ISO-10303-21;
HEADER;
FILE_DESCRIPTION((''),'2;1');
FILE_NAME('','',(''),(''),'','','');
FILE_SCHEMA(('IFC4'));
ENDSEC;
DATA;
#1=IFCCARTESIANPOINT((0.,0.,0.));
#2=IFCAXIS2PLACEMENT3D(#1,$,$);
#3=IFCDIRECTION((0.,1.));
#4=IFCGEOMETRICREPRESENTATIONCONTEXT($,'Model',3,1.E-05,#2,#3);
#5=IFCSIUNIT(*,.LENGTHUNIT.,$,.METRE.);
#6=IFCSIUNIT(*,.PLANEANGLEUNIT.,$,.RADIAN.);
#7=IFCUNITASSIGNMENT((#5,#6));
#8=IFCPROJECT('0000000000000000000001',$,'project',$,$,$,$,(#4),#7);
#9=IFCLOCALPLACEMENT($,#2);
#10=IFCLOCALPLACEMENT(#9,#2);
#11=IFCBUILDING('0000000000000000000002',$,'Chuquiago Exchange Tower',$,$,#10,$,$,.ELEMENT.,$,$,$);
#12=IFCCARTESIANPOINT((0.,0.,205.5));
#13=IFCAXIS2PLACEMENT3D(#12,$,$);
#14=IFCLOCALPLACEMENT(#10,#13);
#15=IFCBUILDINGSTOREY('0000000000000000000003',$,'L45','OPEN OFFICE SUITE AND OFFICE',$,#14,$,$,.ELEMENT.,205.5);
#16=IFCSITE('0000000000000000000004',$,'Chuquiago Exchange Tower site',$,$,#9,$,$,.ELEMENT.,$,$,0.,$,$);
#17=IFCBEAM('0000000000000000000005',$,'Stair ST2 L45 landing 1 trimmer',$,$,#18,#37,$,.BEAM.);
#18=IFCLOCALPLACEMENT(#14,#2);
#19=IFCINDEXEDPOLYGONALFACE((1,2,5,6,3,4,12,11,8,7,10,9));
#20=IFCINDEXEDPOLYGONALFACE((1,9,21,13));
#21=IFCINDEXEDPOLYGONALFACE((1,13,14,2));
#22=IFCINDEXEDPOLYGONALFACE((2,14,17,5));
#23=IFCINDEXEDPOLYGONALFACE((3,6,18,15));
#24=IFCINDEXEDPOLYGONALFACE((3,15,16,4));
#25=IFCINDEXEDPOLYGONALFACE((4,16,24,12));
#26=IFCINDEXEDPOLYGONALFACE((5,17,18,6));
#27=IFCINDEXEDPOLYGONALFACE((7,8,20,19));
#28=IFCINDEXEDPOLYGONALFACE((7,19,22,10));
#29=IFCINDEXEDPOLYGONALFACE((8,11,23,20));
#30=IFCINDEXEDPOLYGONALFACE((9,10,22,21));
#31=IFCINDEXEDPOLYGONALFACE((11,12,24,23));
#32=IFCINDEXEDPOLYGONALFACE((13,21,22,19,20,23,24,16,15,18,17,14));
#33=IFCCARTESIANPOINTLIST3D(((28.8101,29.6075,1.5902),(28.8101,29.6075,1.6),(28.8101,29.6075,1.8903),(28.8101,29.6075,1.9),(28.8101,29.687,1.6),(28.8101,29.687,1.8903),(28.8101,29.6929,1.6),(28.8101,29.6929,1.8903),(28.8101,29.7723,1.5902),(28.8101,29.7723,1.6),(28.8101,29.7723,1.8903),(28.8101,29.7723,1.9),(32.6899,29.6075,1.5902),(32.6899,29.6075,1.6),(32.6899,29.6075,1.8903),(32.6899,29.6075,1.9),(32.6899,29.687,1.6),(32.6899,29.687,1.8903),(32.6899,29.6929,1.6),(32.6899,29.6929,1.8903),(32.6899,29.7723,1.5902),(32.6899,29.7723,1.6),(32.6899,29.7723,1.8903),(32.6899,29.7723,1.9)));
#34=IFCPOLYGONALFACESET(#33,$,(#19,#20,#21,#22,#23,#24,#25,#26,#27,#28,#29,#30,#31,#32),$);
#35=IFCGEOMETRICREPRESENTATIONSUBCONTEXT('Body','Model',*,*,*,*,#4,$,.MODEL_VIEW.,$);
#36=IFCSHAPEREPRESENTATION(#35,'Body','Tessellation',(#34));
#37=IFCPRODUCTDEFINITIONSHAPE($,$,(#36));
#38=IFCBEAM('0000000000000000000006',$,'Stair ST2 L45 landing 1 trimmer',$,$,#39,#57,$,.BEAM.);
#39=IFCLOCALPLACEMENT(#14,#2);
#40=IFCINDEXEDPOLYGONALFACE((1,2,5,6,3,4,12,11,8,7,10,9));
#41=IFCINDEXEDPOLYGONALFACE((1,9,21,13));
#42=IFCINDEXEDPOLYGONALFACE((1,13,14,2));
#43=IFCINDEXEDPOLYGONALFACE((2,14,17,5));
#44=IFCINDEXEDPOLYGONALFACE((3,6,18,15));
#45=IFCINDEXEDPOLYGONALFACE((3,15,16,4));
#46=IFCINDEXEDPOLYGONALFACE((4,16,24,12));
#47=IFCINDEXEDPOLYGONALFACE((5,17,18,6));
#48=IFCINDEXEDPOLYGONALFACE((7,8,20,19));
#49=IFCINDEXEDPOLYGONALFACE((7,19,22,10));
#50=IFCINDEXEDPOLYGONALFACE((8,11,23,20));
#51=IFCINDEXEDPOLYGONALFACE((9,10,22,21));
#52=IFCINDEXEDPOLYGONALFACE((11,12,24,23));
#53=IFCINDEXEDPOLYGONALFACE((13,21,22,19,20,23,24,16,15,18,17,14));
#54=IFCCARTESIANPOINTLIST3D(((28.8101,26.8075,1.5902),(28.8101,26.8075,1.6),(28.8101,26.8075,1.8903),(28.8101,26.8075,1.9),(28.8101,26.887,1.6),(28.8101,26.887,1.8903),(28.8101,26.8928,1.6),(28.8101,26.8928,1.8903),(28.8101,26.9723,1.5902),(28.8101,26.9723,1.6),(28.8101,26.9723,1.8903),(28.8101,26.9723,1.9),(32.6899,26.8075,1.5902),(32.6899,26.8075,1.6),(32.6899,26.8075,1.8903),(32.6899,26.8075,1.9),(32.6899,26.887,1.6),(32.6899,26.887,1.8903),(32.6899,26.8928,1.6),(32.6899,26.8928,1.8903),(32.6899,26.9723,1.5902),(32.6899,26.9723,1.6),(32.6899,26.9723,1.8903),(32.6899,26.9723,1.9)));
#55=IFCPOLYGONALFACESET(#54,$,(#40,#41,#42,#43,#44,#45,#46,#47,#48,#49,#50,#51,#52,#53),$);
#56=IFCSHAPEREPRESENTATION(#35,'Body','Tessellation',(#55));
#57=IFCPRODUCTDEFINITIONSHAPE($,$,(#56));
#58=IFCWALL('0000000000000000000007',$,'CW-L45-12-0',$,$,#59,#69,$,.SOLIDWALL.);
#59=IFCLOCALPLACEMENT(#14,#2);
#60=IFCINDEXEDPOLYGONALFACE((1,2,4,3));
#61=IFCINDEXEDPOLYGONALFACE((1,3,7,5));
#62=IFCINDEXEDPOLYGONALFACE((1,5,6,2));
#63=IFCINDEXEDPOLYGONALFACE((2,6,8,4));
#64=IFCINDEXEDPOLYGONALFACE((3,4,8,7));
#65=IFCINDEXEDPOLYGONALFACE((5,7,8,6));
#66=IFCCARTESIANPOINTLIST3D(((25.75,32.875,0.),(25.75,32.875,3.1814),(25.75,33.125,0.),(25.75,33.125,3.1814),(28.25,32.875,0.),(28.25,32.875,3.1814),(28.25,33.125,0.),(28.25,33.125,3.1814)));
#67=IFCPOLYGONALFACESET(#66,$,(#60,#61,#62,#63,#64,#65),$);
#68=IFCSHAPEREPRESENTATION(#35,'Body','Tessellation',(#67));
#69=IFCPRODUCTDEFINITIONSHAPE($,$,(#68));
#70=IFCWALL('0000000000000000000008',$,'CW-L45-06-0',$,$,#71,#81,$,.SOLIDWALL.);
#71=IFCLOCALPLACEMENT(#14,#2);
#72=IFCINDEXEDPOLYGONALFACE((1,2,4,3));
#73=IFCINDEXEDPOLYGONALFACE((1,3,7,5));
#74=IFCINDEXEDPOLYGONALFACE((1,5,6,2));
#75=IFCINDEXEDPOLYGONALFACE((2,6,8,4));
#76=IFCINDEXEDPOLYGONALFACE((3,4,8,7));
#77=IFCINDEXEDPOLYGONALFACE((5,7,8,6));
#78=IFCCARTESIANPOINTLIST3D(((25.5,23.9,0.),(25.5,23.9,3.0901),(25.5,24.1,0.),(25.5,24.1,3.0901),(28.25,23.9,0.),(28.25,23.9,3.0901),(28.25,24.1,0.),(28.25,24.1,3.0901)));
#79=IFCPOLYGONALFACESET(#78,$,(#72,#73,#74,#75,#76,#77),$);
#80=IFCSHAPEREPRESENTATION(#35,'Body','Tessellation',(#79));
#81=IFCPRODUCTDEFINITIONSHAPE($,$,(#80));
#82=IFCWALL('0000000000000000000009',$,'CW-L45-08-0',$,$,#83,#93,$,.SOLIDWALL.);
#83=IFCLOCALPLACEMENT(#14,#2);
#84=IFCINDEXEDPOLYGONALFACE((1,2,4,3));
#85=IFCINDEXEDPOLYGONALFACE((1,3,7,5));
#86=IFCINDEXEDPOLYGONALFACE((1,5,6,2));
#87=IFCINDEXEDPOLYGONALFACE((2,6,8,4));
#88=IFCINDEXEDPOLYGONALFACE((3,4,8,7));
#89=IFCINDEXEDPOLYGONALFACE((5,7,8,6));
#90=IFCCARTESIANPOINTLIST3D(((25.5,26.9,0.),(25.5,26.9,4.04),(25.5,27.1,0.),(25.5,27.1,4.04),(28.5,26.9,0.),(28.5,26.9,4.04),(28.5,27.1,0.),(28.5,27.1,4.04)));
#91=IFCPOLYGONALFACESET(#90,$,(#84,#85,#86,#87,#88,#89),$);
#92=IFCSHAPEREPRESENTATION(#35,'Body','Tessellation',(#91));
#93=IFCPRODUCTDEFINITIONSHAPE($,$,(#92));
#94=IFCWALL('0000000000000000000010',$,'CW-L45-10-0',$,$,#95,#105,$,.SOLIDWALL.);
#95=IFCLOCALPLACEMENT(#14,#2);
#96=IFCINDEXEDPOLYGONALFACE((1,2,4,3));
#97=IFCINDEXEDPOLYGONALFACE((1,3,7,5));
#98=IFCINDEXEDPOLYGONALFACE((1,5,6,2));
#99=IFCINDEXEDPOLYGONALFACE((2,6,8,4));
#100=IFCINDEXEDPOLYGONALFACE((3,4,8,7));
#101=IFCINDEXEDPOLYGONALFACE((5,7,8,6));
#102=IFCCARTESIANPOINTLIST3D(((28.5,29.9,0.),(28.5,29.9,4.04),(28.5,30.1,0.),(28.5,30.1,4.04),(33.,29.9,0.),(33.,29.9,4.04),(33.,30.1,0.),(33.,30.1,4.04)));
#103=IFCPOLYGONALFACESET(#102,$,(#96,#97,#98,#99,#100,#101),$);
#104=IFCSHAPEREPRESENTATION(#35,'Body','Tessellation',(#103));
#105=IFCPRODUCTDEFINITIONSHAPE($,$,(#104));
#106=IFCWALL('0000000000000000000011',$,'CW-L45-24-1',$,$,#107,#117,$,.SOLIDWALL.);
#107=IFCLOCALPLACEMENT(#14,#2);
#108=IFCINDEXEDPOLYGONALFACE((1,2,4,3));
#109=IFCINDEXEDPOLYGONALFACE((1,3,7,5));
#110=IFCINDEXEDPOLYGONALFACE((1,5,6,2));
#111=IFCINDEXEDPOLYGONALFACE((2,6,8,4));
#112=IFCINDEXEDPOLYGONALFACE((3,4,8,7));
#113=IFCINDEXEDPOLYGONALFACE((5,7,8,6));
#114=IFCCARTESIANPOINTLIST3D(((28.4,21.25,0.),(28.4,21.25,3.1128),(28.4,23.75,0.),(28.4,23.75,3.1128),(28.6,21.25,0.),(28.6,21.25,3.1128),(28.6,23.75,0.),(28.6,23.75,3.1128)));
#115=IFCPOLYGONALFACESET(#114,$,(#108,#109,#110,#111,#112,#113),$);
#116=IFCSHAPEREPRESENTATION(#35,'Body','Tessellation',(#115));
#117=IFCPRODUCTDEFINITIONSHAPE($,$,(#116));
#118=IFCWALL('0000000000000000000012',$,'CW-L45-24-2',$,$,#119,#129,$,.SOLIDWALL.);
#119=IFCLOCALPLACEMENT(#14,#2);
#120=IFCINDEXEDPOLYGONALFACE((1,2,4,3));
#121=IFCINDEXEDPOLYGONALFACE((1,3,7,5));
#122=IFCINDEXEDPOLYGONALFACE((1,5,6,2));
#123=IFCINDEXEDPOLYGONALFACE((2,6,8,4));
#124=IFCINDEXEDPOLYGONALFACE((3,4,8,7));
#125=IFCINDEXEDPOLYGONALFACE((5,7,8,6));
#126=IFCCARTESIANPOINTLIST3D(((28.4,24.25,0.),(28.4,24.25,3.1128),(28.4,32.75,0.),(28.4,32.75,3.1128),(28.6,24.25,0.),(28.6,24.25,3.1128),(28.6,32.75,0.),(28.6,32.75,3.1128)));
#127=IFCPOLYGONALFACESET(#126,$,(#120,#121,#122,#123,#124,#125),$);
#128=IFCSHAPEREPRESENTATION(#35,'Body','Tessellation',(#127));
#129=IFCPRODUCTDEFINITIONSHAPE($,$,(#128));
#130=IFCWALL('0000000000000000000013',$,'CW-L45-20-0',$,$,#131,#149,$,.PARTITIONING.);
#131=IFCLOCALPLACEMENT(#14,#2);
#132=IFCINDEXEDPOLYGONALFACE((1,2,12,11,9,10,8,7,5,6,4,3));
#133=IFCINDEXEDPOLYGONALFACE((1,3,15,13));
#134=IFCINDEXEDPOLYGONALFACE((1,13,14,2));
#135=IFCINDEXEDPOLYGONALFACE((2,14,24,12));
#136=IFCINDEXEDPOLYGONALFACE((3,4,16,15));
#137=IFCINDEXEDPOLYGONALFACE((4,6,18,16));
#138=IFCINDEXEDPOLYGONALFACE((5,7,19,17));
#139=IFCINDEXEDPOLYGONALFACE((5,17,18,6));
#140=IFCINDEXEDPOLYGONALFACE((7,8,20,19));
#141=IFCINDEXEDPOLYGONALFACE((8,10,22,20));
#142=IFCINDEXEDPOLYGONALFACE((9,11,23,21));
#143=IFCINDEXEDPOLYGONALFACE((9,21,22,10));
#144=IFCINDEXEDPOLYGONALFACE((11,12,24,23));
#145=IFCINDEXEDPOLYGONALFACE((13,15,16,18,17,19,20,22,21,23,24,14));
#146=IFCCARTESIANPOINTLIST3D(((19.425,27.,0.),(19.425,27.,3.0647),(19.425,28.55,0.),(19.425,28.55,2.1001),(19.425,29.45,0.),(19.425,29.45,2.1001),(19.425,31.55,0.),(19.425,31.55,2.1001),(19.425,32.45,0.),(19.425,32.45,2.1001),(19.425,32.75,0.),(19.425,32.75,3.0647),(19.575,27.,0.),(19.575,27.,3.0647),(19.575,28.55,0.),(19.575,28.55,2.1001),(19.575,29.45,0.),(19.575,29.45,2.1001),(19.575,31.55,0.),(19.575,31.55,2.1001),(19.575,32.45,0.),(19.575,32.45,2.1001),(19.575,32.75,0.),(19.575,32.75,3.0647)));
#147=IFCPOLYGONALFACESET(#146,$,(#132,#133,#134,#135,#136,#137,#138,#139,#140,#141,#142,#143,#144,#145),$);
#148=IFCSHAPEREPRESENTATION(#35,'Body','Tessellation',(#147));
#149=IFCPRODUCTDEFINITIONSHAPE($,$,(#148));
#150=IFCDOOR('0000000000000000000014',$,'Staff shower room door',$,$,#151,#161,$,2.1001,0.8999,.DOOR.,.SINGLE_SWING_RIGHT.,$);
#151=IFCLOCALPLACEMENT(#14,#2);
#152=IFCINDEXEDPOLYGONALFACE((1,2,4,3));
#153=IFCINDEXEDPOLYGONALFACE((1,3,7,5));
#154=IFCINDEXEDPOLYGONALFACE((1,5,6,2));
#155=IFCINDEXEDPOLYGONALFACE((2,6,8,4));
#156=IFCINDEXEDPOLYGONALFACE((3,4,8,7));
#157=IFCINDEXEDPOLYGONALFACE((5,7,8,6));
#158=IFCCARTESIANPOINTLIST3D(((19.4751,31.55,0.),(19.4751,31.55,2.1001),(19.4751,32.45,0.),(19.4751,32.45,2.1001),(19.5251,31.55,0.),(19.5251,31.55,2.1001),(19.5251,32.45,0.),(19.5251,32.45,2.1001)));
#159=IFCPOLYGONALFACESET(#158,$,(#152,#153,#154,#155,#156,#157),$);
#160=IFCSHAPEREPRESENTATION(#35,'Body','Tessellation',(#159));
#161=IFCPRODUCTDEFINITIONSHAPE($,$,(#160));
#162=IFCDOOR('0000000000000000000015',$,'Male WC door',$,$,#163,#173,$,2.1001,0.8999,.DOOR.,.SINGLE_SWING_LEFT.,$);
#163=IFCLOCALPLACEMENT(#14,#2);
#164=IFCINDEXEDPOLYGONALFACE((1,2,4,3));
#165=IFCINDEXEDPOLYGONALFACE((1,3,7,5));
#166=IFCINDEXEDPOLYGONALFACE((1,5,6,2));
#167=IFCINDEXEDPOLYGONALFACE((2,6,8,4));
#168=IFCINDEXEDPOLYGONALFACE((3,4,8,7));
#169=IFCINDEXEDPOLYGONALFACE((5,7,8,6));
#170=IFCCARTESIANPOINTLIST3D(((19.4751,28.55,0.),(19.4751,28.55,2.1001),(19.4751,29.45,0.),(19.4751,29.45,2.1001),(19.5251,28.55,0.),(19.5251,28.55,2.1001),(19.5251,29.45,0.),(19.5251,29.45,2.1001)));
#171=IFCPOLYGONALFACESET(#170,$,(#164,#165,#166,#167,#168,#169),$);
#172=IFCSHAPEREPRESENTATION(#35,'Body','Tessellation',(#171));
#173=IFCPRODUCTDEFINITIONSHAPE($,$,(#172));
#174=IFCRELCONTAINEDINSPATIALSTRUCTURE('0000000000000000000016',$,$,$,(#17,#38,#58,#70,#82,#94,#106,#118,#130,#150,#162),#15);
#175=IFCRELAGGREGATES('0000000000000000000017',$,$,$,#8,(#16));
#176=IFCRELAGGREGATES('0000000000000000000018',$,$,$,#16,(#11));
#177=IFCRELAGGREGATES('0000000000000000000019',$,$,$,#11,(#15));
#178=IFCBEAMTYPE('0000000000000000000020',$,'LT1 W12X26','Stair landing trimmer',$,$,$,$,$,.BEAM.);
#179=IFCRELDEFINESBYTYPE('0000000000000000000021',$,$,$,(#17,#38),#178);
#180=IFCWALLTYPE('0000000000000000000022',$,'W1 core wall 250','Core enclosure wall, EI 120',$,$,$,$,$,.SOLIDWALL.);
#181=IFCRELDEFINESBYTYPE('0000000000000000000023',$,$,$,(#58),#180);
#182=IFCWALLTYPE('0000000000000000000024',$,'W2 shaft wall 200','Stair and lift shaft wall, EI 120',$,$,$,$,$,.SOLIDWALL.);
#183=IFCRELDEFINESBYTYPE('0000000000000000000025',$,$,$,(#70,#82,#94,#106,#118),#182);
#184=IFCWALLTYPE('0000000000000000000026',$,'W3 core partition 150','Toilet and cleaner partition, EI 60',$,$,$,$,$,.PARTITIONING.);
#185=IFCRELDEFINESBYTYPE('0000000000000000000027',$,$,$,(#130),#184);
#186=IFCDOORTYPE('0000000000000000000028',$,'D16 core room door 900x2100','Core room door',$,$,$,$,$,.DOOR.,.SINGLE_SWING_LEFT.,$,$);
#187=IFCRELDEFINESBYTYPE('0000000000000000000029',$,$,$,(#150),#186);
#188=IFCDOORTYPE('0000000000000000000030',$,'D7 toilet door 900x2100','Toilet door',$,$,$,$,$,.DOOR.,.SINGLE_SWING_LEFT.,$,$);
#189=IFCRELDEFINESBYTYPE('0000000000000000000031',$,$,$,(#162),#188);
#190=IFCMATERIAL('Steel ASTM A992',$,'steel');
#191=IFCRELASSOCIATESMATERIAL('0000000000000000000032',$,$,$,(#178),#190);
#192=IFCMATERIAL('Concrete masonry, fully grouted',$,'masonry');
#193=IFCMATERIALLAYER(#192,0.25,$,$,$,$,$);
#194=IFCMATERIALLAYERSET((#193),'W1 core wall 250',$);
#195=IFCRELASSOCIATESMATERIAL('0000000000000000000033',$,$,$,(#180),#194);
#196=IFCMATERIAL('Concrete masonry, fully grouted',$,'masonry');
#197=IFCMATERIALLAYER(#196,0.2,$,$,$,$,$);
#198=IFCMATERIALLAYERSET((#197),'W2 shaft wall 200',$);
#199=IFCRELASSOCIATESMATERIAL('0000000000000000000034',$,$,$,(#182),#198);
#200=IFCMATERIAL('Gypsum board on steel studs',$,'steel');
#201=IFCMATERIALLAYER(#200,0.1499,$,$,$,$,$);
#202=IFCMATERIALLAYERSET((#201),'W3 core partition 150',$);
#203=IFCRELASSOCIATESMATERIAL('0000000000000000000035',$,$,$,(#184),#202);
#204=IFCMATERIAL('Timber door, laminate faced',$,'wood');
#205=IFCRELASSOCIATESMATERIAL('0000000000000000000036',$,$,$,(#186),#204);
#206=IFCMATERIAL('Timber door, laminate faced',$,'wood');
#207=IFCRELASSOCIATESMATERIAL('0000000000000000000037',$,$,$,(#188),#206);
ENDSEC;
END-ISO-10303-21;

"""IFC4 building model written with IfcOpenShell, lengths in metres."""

from ifc_helpers import new_model, si_unit, direction, frame, frame_2d, origin, origin_2d, place, context, subcontext, project, spatial, rectangle, i_section, extrude, material, layer, layer_set, material_profile, profile_set, type_object, element, fill, save


model = new_model("IFC4")

# Units and contexts
model_context = context("Model", 3, precision=1e-05, world=origin(), true_north=direction((0.0, 1.0)))
body_context = subcontext(model_context, "Body", "Model", "MODEL_VIEW")
ifc_project = project(units=[si_unit("LENGTHUNIT", "METRE"), si_unit("PLANEANGLEUNIT", "RADIAN")], contexts=[model_context])

# Site, building, storey
site_placement = place(None, origin())
site = spatial("IfcSite", under=ifc_project, at=site_placement, Name="Chuquiago Exchange Tower site", CompositionType="ELEMENT", RefElevation=0.0)
building_placement = place(site_placement, origin())
building = spatial("IfcBuilding", under=site, at=building_placement, Name="Chuquiago Exchange Tower", CompositionType="ELEMENT")
storey_placement = place(building_placement, frame((0.0, 0.0, 205.5)))
storey = spatial("IfcBuildingStorey", under=building, at=storey_placement, Name="L45", Description="OPEN OFFICE SUITE AND OFFICE", CompositionType="ELEMENT", Elevation=205.5)

# Beams
ifc_material_1 = material(Name="Steel ASTM A992", Category="steel")
ifc_material_profile_1 = material_profile(ifc_material_1, i_section(OverallWidth=0.1648, OverallDepth=0.3098, WebThickness=0.0059, FlangeThickness=0.0098, at=origin_2d()), Name="W12X26")
ifc_profile_set_1 = profile_set([ifc_material_profile_1], Name="Steel ASTM A992")
beam_type_1 = type_object("IfcBeamType", Name="LT1 W12X26", Description="Stair landing trimmer", PredefinedType="BEAM", material=ifc_profile_set_1)
for number, where, z_axis, x_axis, name in (
    (1, (28.8101, 29.6899, 1.7451), (1.0, 0.0, 0.0), (0.0, 1.0, 0.0), "Stair ST2 L45 landing 1 trimmer"),
    (2, (28.8101, 26.8899, 1.7451), (1.0, 0.0, 0.0), (0.0, 1.0, 0.0), "Stair ST2 L45 landing 1 trimmer"),
):
    element("IfcBeam", number, at=place(storey_placement, frame(where, z_axis=z_axis, x_axis=x_axis)), inside=storey, type_object=beam_type_1, Name=name, PredefinedType="BEAM", context=body_context, shape_type="SweptSolid", body=[
        extrude(i_section(OverallWidth=0.1648, OverallDepth=0.3098, WebThickness=0.0059, FlangeThickness=0.0098, at=origin_2d()), origin(), (0.0, 0.0, 1.0), 3.8799),
    ])

# Walls
ifc_material_2 = material(Name="Concrete masonry, fully grouted", Category="masonry")
ifc_layer_1 = layer(ifc_material_2, 0.25)
ifc_layer_set_1 = layer_set([ifc_layer_1], Name="W1 core wall 250")
wall_type_1 = type_object("IfcWallType", Name="W1 core wall 250", Description="Core enclosure wall, EI 120", PredefinedType="SOLIDWALL", material=ifc_layer_set_1)
wall_1_placement = place(storey_placement, frame((25.75, 33.0, 0.0), z_axis=(0.0, 0.0, 1.0), x_axis=(1.0, 0.0, 0.0)))
element("IfcWall", 3, at=wall_1_placement, inside=storey, type_object=wall_type_1, Name="CW-L45-12-0", PredefinedType="SOLIDWALL", context=body_context, shape_type="SweptSolid", body=[
    extrude(rectangle(XDim=2.5, YDim=0.25, at=frame_2d((1.25, 0.0))), origin(), (0.0, 0.0, 1.0), 3.1814),
])
ifc_material_3 = material(Name="Concrete masonry, fully grouted", Category="masonry")
ifc_layer_2 = layer(ifc_material_3, 0.2)
ifc_layer_set_2 = layer_set([ifc_layer_2], Name="W2 shaft wall 200")
wall_type_2 = type_object("IfcWallType", Name="W2 shaft wall 200", Description="Stair and lift shaft wall, EI 120", PredefinedType="SOLIDWALL", material=ifc_layer_set_2)
wall_2_placement = place(storey_placement, frame((25.5, 24.0, 0.0), z_axis=(0.0, 0.0, 1.0), x_axis=(1.0, 0.0, 0.0)))
element("IfcWall", 4, at=wall_2_placement, inside=storey, type_object=wall_type_2, Name="CW-L45-06-0", PredefinedType="SOLIDWALL", context=body_context, shape_type="SweptSolid", body=[
    extrude(rectangle(XDim=2.75, YDim=0.2, at=frame_2d((1.375, 0.0))), origin(), (0.0, 0.0, 1.0), 3.0901),
])
wall_3_placement = place(storey_placement, frame((25.5, 27.0, 0.0), z_axis=(0.0, 0.0, 1.0), x_axis=(1.0, 0.0, 0.0)))
element("IfcWall", 5, at=wall_3_placement, inside=storey, type_object=wall_type_2, Name="CW-L45-08-0", PredefinedType="SOLIDWALL", context=body_context, shape_type="SweptSolid", body=[
    extrude(rectangle(XDim=3.0, YDim=0.2, at=frame_2d((1.5, 0.0))), origin(), (0.0, 0.0, 1.0), 4.04),
])
wall_4_placement = place(storey_placement, frame((28.5, 30.0, 0.0), z_axis=(0.0, 0.0, 1.0), x_axis=(1.0, 0.0, 0.0)))
element("IfcWall", 6, at=wall_4_placement, inside=storey, type_object=wall_type_2, Name="CW-L45-10-0", PredefinedType="SOLIDWALL", context=body_context, shape_type="SweptSolid", body=[
    extrude(rectangle(XDim=4.5, YDim=0.2, at=frame_2d((2.25, 0.0))), origin(), (0.0, 0.0, 1.0), 4.04),
])
wall_5_placement = place(storey_placement, frame((28.5, 21.25, 0.0), z_axis=(0.0, 0.0, 1.0), x_axis=(0.0, 1.0, 0.0)))
element("IfcWall", 7, at=wall_5_placement, inside=storey, type_object=wall_type_2, Name="CW-L45-24-1", PredefinedType="SOLIDWALL", context=body_context, shape_type="SweptSolid", body=[
    extrude(rectangle(XDim=2.5, YDim=0.2, at=frame_2d((1.25, 0.0))), origin(), (0.0, 0.0, 1.0), 3.1128),
])
wall_6_placement = place(storey_placement, frame((28.5, 24.25, 0.0), z_axis=(0.0, 0.0, 1.0), x_axis=(0.0, 1.0, 0.0)))
element("IfcWall", 8, at=wall_6_placement, inside=storey, type_object=wall_type_2, Name="CW-L45-24-2", PredefinedType="SOLIDWALL", context=body_context, shape_type="SweptSolid", body=[
    extrude(rectangle(XDim=8.5, YDim=0.2, at=frame_2d((4.25, 0.0))), origin(), (0.0, 0.0, 1.0), 3.1128),
])

# Wall, openings, doors
ifc_material_4 = material(Name="Gypsum board on steel studs", Category="steel")
ifc_layer_3 = layer(ifc_material_4, 0.1499)
ifc_layer_set_3 = layer_set([ifc_layer_3], Name="W3 core partition 150")
wall_type_3 = type_object("IfcWallType", Name="W3 core partition 150", Description="Toilet and cleaner partition, EI 60", PredefinedType="PARTITIONING", material=ifc_layer_set_3)
wall_7_placement = place(storey_placement, frame((19.5, 27.0, 0.0), z_axis=(0.0, 0.0, 1.0), x_axis=(0.0, 1.0, 0.0)))
wall_7 = element("IfcWall", 9, at=wall_7_placement, inside=storey, type_object=wall_type_3, Name="CW-L45-20-0", PredefinedType="PARTITIONING", context=body_context, shape_type="SweptSolid", body=[
    extrude(rectangle(XDim=5.75, YDim=0.1499, at=frame_2d((2.875, 0.0))), origin(), (0.0, 0.0, 1.0), 3.0647),
])
opening_1_placement = place(wall_7_placement, frame((1.55, 0.0, 0.0)))
opening_1 = element("IfcOpeningElement", 10, at=opening_1_placement, cuts=wall_7, PredefinedType="OPENING", context=body_context, shape_type="SweptSolid", body=[
    extrude(rectangle(XDim=0.8999, YDim=2.1001, at=frame_2d((0.45, 1.05))), frame((0.0, 0.085, 0.0), z_axis=(0.0, -1.0, 0.0), x_axis=(1.0, 0.0, 0.0)), (0.0, 0.0, 1.0), 0.1699),
])
opening_2_placement = place(wall_7_placement, frame((4.55, 0.0, 0.0)))
opening_2 = element("IfcOpeningElement", 11, at=opening_2_placement, cuts=wall_7, PredefinedType="OPENING", context=body_context, shape_type="SweptSolid", body=[
    extrude(rectangle(XDim=0.8999, YDim=2.1001, at=frame_2d((0.45, 1.05))), frame((0.0, 0.085, 0.0), z_axis=(0.0, -1.0, 0.0), x_axis=(1.0, 0.0, 0.0)), (0.0, 0.0, 1.0), 0.1699),
])
ifc_material_5 = material(Name="Timber door, laminate faced", Category="wood")
door_type_1 = type_object("IfcDoorType", Name="D16 core room door 900x2100", Description="Core room door", OperationType="SINGLE_SWING_LEFT", PredefinedType="DOOR", material=ifc_material_5)
door_1_placement = place(opening_2_placement, origin())
door_1 = element("IfcDoor", 12, at=door_1_placement, inside=storey, type_object=door_type_1, Name="Staff shower room door", OperationType="SINGLE_SWING_RIGHT", OverallHeight=2.1001, OverallWidth=0.8999, PredefinedType="DOOR", context=body_context, shape_type="SweptSolid", body=[
    extrude(rectangle(XDim=0.8999, YDim=2.1001, at=frame_2d((0.45, 1.05))), frame((0.0, 0.0249, 0.0), z_axis=(0.0, -1.0, 0.0), x_axis=(1.0, 0.0, 0.0)), (0.0, 0.0, 1.0), 0.05),
])
fill(opening_2, door_1)
ifc_material_6 = material(Name="Timber door, laminate faced", Category="wood")
door_type_2 = type_object("IfcDoorType", Name="D7 toilet door 900x2100", Description="Toilet door", OperationType="SINGLE_SWING_LEFT", PredefinedType="DOOR", material=ifc_material_6)
door_2_placement = place(opening_1_placement, origin())
door_2 = element("IfcDoor", 13, at=door_2_placement, inside=storey, type_object=door_type_2, Name="Male WC door", OperationType="SINGLE_SWING_LEFT", OverallHeight=2.1001, OverallWidth=0.8999, PredefinedType="DOOR", context=body_context, shape_type="SweptSolid", body=[
    extrude(rectangle(XDim=0.8999, YDim=2.1001, at=frame_2d((0.45, 1.05))), frame((0.0, 0.0249, 0.0), z_axis=(0.0, -1.0, 0.0), x_axis=(1.0, 0.0, 0.0)), (0.0, 0.0, 1.0), 0.05),
])
fill(opening_1, door_2)

save(model, "model.ifc")
